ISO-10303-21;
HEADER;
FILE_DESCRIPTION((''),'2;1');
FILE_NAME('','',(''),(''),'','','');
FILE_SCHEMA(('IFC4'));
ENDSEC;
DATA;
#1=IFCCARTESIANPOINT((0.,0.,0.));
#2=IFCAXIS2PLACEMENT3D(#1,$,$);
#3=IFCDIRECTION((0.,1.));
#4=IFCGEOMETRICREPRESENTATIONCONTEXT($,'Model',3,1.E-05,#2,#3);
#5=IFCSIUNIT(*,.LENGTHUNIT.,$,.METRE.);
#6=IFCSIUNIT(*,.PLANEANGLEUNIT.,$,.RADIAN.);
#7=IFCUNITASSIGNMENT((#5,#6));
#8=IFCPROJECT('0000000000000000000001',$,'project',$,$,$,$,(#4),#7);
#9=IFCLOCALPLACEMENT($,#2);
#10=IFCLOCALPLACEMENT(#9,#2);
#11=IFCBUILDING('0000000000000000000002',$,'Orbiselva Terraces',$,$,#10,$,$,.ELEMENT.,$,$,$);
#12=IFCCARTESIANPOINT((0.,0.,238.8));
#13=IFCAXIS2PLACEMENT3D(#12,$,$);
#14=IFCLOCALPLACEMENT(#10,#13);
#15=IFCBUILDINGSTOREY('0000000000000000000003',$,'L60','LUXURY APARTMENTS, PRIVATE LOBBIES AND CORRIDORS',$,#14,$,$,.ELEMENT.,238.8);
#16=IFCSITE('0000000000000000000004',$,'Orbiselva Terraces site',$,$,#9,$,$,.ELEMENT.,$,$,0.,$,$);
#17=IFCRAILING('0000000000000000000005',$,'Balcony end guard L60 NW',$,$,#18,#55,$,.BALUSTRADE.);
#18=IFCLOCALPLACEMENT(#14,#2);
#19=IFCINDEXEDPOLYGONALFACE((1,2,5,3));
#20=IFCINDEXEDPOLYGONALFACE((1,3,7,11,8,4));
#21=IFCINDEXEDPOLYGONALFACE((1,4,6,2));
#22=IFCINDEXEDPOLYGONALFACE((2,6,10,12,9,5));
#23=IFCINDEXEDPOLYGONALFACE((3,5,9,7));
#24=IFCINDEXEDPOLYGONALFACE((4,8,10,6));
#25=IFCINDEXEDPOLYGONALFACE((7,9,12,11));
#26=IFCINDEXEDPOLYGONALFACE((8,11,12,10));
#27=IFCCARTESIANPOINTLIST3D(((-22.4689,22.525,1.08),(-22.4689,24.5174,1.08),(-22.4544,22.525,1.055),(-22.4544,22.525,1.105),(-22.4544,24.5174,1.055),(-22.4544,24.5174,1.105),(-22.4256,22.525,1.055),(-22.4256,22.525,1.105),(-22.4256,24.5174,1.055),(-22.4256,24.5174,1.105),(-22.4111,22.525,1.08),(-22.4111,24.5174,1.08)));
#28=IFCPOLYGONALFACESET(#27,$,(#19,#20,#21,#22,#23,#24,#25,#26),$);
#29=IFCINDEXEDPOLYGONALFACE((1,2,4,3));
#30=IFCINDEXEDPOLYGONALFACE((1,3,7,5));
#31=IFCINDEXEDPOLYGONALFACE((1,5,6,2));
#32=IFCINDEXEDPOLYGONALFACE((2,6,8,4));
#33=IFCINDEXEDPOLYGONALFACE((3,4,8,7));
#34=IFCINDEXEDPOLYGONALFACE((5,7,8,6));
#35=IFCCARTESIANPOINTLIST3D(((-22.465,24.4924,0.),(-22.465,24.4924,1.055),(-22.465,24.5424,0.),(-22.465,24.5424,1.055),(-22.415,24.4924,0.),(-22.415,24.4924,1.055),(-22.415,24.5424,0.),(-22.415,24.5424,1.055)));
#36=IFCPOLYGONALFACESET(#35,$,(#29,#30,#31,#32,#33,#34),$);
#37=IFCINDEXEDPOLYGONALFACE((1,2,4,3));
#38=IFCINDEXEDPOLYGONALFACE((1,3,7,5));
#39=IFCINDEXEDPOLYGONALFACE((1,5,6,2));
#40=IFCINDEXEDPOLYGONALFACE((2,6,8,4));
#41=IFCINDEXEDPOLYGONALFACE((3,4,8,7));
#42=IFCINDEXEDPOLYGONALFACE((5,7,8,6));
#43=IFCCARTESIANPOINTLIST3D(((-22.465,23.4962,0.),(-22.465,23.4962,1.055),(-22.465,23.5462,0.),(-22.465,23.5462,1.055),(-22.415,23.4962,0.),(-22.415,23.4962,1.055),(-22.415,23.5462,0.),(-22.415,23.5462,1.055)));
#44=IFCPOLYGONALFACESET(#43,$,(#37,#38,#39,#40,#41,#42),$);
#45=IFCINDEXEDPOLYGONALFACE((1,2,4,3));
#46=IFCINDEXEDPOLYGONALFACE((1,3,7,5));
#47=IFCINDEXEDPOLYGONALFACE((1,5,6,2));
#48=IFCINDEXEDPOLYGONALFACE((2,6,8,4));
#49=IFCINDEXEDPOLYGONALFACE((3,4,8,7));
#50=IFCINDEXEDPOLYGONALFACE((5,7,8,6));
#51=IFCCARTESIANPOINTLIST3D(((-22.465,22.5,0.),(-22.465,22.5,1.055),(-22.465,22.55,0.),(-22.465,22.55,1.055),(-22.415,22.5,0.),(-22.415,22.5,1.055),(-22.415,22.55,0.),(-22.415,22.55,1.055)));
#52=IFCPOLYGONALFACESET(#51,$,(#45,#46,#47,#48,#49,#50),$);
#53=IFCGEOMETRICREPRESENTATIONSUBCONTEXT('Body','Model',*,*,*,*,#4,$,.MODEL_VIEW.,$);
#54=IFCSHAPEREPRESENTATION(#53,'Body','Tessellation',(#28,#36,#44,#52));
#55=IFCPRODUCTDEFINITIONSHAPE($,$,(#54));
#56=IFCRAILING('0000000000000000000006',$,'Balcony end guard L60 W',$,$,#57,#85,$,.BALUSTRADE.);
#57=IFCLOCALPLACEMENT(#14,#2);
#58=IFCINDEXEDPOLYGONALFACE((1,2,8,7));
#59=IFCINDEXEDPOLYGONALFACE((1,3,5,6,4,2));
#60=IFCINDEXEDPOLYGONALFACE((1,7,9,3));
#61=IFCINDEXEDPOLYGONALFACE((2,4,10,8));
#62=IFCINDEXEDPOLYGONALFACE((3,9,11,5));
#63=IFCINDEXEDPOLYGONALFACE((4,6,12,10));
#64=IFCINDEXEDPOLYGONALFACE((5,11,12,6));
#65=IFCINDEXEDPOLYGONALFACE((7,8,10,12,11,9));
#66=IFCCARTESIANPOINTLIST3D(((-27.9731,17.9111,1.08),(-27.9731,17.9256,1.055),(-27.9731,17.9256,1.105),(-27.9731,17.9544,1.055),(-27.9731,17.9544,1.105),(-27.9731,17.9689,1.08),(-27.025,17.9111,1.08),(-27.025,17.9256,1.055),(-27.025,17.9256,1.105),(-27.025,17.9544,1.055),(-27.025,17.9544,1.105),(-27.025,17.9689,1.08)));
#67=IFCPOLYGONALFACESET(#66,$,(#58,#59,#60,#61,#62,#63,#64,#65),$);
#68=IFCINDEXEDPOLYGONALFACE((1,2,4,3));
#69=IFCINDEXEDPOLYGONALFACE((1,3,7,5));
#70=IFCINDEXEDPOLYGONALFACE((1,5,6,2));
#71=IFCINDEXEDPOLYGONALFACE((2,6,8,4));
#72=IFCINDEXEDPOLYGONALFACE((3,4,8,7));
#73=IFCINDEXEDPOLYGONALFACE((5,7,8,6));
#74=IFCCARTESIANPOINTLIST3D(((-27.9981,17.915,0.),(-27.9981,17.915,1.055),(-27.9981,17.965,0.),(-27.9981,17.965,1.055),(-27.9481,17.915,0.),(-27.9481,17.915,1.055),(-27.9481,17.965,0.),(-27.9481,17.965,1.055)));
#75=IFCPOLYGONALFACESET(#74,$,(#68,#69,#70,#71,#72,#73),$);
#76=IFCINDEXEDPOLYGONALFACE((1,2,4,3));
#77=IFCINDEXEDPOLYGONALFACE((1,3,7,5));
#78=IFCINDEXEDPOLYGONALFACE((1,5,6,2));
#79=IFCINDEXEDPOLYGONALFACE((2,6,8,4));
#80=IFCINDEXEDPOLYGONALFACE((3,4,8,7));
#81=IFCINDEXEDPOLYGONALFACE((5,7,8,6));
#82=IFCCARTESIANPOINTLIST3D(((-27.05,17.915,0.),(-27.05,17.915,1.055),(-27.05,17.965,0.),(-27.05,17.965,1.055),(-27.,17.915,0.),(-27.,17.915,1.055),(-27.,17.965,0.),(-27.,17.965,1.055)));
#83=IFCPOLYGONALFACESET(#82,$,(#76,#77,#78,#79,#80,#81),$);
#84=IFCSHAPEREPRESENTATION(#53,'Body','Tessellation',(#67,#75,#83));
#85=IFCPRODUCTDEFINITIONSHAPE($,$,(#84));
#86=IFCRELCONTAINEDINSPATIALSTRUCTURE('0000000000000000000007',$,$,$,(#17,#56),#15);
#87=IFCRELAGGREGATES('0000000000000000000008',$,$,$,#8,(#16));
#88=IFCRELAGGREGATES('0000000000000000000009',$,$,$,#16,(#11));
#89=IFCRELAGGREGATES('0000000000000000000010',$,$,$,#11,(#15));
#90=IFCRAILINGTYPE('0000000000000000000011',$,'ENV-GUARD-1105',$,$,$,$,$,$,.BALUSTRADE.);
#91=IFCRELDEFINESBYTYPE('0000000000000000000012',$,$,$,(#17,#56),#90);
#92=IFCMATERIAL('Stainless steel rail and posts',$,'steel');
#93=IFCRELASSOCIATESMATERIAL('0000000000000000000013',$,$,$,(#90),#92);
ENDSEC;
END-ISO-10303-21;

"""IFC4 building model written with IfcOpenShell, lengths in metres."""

from ifc_helpers import new_model, si_unit, direction, frame, origin, origin_2d, place, context, subcontext, project, spatial, polyline, rectangle, outline, extrude, material, type_object, element, save


model = new_model("IFC4")

# Units and contexts
model_context = context("Model", 3, precision=1e-05, world=origin(), true_north=direction((0.0, 1.0)))
body_context = subcontext(model_context, "Body", "Model", "MODEL_VIEW")
ifc_project = project(units=[si_unit("LENGTHUNIT", "METRE"), si_unit("PLANEANGLEUNIT", "RADIAN")], contexts=[model_context])

# Site, building, storey
site_placement = place(None, origin())
site = spatial("IfcSite", under=ifc_project, at=site_placement, Name="Orbiselva Terraces site", CompositionType="ELEMENT", RefElevation=0.0)
building_placement = place(site_placement, origin())
building = spatial("IfcBuilding", under=site, at=building_placement, Name="Orbiselva Terraces", CompositionType="ELEMENT")
storey_placement = place(building_placement, frame((0.0, 0.0, 238.8)))
storey = spatial("IfcBuildingStorey", under=building, at=storey_placement, Name="L60", Description="LUXURY APARTMENTS, PRIVATE LOBBIES AND CORRIDORS", CompositionType="ELEMENT", Elevation=238.8)

# Railings
ifc_material_1 = material(Name="Stainless steel rail and posts", Category="steel")
railing_type_1 = type_object("IfcRailingType", Name="ENV-GUARD-1105", PredefinedType="BALUSTRADE", material=ifc_material_1)
railing_1_placement = place(storey_placement, frame((-22.44, 24.5174, 0.0)))
element("IfcRailing", 1, at=railing_1_placement, inside=storey, type_object=railing_type_1, Name="Balcony end guard L60 NW", PredefinedType="BALUSTRADE", context=body_context, shape_type="SweptSolid", body=[
    extrude(outline(polyline([(0.0289, 0.0), (0.0144, 0.025), (-0.0144, 0.025), (-0.0289, 0.0), (-0.0144, -0.025), (0.0144, -0.025), (0.0289, 0.0)])), frame((0.0, 0.0, 1.08), z_axis=(0.0, -1.0, 0.0), x_axis=(1.0, 0.0, 0.0)), (0.0, 0.0, 1.0), 1.9924),
    extrude(rectangle(XDim=0.05, YDim=0.05, at=origin_2d()), origin(), (0.0, 0.0, 1.0), 1.055),
    extrude(rectangle(XDim=0.05, YDim=0.05, at=origin_2d()), frame((0.0, -0.9962, 0.0)), (0.0, 0.0, 1.0), 1.055),
    extrude(rectangle(XDim=0.05, YDim=0.05, at=origin_2d()), frame((0.0, -1.9924, 0.0)), (0.0, 0.0, 1.0), 1.055),
])
railing_2_placement = place(storey_placement, frame((-27.9731, 17.94, 0.0)))
element("IfcRailing", 2, at=railing_2_placement, inside=storey, type_object=railing_type_1, Name="Balcony end guard L60 W", PredefinedType="BALUSTRADE", context=body_context, shape_type="SweptSolid", body=[
    extrude(outline(polyline([(0.0289, 0.0), (0.0144, 0.025), (-0.0144, 0.025), (-0.0289, 0.0), (-0.0144, -0.025), (0.0144, -0.025), (0.0289, 0.0)])), frame((0.0, 0.0, 1.08), z_axis=(1.0, 0.0, 0.0), x_axis=(0.0, 1.0, 0.0)), (0.0, 0.0, 1.0), 0.9481),
    extrude(rectangle(XDim=0.05, YDim=0.05, at=origin_2d()), origin(), (0.0, 0.0, 1.0), 1.055),
    extrude(rectangle(XDim=0.05, YDim=0.05, at=origin_2d()), frame((0.9481, 0.0, 0.0)), (0.0, 0.0, 1.0), 1.055),
])

save(model, "model.ifc")
